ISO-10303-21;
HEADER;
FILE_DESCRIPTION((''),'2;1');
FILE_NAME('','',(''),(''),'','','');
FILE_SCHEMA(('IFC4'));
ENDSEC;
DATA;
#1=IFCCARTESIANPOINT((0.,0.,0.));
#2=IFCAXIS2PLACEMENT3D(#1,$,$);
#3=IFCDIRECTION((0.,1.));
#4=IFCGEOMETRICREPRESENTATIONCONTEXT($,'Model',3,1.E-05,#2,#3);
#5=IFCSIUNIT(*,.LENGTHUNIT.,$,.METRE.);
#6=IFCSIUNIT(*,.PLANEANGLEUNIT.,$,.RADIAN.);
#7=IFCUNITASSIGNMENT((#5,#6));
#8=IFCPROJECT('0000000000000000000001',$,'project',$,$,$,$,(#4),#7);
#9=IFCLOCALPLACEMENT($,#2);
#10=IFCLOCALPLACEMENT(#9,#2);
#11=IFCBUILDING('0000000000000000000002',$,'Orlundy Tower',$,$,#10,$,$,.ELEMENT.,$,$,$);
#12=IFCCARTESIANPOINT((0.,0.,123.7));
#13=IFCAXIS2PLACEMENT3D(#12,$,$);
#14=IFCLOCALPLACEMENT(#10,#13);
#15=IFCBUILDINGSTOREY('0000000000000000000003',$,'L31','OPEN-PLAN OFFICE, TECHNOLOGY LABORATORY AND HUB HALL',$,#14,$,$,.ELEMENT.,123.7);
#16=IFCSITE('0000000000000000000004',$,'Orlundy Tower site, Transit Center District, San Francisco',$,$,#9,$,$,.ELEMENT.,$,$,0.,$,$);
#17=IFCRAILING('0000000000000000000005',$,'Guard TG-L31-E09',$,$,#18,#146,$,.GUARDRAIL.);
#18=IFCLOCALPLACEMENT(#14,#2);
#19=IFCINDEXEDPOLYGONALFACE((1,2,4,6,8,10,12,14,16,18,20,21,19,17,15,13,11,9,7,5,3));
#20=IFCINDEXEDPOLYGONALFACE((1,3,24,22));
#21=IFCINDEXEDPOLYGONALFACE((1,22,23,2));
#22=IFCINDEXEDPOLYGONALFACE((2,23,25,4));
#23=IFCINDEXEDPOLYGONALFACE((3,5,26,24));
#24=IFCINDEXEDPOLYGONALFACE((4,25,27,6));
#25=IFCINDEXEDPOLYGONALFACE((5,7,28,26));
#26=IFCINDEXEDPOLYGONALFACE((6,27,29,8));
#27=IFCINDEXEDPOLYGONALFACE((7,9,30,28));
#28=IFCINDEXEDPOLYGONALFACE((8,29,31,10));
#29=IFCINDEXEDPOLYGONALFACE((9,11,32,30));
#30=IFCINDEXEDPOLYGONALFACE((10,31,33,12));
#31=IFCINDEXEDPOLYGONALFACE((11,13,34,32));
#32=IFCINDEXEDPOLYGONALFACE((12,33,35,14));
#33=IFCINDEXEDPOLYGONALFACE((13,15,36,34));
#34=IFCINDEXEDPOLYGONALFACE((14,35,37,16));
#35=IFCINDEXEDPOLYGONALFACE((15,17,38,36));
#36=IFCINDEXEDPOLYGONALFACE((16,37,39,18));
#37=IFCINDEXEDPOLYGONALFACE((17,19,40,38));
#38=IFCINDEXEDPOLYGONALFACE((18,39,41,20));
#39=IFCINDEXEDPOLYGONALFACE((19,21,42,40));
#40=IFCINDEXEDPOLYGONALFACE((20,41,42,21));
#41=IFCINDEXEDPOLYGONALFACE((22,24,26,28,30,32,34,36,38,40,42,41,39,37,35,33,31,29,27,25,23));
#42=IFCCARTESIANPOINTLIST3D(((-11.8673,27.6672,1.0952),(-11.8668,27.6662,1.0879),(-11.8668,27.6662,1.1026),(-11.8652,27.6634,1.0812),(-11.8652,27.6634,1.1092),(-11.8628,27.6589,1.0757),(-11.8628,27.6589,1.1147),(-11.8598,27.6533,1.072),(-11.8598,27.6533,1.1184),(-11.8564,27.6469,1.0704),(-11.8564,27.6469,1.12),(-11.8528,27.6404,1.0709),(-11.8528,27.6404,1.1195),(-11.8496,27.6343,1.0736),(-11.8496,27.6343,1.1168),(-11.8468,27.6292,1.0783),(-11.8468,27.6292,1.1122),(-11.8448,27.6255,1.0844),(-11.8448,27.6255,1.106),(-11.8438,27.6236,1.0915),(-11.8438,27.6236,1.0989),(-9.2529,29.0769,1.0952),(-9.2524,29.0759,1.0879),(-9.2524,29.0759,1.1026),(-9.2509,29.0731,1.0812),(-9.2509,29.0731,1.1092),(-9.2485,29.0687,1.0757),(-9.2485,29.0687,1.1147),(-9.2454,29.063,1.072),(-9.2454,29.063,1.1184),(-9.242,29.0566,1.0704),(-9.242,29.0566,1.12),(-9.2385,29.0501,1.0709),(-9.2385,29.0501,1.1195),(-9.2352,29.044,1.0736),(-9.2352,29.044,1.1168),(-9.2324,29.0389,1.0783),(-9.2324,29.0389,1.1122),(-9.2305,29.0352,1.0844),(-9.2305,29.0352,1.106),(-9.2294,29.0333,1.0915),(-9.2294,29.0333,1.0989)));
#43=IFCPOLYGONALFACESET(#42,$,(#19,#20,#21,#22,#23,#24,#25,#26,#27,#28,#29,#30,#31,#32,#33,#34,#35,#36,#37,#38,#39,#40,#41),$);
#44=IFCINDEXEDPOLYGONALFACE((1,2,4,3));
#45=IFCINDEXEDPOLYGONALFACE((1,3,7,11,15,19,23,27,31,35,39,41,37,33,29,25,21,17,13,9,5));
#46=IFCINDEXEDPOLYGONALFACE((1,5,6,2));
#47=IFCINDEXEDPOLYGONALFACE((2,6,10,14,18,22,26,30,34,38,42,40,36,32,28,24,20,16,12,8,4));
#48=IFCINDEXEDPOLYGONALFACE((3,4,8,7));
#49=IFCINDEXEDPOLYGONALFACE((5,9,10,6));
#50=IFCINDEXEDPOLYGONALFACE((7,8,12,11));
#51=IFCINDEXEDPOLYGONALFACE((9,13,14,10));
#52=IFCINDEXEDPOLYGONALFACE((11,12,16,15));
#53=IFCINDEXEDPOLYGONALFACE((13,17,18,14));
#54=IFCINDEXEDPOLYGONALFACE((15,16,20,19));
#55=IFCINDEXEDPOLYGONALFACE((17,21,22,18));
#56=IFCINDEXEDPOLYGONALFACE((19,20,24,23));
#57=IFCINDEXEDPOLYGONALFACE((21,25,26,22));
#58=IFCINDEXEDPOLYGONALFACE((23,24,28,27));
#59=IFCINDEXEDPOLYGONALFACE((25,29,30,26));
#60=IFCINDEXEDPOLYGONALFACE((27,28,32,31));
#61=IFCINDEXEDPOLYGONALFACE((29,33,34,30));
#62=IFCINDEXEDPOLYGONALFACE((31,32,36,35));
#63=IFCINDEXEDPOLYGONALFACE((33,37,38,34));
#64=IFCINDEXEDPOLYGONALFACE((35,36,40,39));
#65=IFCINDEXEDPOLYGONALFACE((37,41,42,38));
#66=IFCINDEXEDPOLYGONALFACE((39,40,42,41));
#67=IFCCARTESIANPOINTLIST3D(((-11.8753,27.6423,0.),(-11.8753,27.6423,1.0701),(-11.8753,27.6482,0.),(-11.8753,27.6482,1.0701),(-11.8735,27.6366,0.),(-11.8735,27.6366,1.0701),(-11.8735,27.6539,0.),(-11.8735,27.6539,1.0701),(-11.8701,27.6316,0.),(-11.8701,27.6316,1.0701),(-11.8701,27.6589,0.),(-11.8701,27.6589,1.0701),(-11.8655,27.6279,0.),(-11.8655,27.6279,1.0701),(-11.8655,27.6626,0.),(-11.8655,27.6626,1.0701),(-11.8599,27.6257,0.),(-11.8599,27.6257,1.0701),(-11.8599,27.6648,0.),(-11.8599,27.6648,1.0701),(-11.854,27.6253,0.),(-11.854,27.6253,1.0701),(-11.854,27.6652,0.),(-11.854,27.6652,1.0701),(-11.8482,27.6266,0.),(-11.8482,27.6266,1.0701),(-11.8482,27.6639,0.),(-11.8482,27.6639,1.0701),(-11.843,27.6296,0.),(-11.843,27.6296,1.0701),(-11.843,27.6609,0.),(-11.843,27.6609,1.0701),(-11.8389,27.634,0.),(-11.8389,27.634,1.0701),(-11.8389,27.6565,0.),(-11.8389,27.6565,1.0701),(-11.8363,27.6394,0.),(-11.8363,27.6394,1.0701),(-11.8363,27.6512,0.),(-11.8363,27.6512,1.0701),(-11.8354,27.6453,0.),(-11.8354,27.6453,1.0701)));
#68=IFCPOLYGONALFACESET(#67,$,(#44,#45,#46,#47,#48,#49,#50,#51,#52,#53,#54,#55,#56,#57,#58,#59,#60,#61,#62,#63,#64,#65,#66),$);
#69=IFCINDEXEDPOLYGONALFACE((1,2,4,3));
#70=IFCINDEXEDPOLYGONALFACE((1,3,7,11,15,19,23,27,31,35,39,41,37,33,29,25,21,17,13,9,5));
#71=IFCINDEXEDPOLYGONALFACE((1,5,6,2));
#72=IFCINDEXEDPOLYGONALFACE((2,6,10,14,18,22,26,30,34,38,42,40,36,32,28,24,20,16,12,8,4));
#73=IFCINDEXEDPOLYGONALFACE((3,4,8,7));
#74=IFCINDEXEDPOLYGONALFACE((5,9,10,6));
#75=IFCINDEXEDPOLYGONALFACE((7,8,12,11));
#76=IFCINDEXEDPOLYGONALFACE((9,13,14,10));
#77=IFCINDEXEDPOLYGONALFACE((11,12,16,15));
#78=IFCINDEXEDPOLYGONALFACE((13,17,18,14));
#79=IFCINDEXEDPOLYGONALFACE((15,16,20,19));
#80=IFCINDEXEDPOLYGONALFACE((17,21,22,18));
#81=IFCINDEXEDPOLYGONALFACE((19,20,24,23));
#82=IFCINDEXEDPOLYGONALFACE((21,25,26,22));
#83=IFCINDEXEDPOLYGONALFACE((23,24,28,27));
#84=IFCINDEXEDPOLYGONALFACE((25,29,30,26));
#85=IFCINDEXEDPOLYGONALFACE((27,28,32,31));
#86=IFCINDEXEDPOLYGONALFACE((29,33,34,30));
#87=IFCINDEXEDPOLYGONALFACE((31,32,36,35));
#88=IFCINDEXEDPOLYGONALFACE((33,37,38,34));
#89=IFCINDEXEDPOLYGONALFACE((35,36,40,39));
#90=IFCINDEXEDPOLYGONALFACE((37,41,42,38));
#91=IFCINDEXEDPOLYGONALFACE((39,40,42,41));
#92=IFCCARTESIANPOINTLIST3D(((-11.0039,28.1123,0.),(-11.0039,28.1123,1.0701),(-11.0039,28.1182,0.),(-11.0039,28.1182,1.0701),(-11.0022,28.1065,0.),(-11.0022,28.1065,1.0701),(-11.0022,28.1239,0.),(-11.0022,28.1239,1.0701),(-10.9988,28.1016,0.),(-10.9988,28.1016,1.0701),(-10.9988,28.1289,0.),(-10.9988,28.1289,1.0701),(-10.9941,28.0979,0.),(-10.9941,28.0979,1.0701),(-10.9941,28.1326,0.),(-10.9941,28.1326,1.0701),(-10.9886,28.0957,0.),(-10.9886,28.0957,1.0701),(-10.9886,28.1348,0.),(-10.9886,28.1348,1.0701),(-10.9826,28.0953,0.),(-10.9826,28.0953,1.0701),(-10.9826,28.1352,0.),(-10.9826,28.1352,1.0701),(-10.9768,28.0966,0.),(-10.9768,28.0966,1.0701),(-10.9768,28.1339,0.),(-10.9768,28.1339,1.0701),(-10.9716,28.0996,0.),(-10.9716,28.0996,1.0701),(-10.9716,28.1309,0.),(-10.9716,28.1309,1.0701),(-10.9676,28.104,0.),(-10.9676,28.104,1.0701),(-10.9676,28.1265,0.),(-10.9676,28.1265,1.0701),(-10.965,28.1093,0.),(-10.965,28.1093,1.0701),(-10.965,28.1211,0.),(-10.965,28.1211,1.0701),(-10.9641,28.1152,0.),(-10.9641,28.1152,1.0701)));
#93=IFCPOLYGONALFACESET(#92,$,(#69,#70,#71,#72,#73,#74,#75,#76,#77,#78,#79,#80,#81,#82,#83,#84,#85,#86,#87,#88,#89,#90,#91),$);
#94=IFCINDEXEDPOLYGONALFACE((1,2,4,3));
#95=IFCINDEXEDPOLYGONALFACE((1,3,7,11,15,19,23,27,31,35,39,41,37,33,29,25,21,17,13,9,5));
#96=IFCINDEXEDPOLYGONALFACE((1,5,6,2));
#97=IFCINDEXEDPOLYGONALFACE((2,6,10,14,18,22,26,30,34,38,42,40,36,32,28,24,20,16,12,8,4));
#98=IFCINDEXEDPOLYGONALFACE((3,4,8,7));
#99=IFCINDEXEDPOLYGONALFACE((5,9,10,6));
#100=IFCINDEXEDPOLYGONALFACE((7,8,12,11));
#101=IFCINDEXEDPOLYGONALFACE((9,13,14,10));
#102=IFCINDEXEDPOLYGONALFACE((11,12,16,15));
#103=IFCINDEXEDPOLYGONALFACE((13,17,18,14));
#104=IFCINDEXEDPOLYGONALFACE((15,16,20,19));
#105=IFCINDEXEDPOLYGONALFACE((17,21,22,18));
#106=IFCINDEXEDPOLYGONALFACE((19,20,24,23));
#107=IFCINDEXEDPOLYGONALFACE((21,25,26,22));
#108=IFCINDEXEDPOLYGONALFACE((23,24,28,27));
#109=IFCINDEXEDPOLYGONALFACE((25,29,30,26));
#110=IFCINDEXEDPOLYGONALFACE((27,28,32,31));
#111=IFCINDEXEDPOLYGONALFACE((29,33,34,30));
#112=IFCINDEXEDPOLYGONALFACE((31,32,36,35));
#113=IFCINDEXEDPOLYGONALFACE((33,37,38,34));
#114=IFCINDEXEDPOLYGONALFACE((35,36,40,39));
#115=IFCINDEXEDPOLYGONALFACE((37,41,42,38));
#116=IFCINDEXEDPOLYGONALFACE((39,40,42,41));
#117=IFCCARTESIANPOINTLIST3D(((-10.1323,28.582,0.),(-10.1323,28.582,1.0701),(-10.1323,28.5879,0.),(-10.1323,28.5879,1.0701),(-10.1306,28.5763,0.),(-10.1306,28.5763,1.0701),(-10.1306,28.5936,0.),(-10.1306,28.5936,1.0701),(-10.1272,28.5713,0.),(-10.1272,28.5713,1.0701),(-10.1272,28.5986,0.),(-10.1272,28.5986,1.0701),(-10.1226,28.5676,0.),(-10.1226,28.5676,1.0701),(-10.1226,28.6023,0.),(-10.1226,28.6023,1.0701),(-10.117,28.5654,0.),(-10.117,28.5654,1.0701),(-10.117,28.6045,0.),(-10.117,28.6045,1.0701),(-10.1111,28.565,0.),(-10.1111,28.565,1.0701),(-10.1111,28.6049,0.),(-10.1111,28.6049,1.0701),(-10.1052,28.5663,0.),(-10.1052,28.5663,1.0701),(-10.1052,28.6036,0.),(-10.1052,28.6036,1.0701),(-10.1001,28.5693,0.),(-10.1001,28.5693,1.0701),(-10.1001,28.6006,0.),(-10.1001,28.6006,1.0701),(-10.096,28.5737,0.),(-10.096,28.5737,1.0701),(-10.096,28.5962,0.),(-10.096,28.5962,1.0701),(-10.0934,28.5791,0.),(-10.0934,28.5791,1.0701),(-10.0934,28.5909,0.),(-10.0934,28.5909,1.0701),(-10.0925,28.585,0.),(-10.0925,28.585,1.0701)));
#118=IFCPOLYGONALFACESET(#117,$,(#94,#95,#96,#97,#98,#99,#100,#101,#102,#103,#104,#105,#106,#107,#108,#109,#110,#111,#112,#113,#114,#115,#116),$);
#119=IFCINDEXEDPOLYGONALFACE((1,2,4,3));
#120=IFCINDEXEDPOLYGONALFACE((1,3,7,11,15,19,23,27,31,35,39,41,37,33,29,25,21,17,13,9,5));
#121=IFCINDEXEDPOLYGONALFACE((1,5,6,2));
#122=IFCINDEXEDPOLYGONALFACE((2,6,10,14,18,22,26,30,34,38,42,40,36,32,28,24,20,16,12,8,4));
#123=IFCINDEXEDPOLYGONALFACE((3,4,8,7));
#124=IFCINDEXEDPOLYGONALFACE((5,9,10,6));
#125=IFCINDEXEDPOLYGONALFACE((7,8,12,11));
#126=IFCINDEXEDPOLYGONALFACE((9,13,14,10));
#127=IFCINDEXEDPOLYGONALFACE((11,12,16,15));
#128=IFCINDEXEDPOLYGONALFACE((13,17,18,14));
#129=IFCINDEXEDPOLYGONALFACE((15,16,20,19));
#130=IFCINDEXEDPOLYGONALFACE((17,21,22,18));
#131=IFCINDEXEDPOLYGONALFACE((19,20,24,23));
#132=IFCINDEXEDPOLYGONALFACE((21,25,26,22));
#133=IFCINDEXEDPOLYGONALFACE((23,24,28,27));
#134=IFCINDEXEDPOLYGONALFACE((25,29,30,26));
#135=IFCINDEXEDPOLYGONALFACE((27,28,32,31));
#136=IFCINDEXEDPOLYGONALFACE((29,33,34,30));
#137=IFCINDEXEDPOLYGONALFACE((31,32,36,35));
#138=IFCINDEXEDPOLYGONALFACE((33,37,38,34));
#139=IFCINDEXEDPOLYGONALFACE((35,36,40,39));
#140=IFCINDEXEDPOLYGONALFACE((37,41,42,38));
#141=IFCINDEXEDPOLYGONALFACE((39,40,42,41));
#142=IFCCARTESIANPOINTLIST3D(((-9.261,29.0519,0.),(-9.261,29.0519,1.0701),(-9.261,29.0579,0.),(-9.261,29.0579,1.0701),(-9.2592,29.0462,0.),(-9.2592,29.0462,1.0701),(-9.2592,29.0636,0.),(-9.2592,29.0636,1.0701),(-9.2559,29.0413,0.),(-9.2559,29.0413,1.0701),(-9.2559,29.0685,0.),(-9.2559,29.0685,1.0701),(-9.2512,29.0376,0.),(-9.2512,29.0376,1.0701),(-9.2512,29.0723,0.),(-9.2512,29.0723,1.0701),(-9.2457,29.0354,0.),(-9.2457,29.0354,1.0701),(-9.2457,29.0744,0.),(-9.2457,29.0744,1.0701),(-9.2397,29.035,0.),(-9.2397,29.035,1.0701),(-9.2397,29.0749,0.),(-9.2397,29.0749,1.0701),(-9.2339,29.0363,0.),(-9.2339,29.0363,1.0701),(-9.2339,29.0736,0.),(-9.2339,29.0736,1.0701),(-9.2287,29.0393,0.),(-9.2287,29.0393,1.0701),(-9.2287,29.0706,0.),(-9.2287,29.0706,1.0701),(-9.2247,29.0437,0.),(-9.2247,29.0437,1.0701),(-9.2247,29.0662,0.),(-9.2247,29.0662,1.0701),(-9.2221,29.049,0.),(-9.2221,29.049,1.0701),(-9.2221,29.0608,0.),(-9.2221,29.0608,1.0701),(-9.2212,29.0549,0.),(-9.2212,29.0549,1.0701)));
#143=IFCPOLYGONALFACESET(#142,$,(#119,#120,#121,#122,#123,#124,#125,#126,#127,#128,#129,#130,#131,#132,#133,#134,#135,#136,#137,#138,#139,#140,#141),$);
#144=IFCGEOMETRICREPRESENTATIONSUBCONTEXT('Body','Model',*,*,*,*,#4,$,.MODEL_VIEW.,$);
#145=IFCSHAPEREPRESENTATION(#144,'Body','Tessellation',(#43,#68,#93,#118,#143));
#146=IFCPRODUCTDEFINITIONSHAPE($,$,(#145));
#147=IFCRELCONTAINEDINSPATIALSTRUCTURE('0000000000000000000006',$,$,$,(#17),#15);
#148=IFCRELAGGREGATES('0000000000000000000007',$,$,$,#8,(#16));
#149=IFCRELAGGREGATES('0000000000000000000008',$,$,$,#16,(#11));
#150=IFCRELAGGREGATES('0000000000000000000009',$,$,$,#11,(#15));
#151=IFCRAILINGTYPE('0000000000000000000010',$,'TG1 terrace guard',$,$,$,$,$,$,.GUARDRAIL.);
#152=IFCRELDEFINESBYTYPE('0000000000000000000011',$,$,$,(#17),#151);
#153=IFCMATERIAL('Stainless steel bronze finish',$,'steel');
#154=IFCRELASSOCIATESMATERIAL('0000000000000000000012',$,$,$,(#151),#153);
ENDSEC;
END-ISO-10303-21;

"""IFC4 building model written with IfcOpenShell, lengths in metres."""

from ifc_helpers import new_model, si_unit, direction, frame, origin, origin_2d, place, context, subcontext, project, spatial, circle, extrude, material, type_object, element, save


model = new_model("IFC4")

# Units and contexts
model_context = context("Model", 3, precision=1e-05, world=origin(), true_north=direction((0.0, 1.0)))
body_context = subcontext(model_context, "Body", "Model", "MODEL_VIEW")
ifc_project = project(units=[si_unit("LENGTHUNIT", "METRE"), si_unit("PLANEANGLEUNIT", "RADIAN")], contexts=[model_context])

# Site, building, storey
site_placement = place(None, origin())
site = spatial("IfcSite", under=ifc_project, at=site_placement, Name="Orlundy Tower site, Transit Center District, San Francisco", CompositionType="ELEMENT", RefElevation=0.0)
building_placement = place(site_placement, origin())
building = spatial("IfcBuilding", under=site, at=building_placement, Name="Orlundy Tower", CompositionType="ELEMENT")
storey_placement = place(building_placement, frame((0.0, 0.0, 123.7)))
storey = spatial("IfcBuildingStorey", under=building, at=storey_placement, Name="L31", Description="OPEN-PLAN OFFICE, TECHNOLOGY LABORATORY AND HUB HALL", CompositionType="ELEMENT", Elevation=123.7)

# Railing
ifc_material_1 = material(Name="Stainless steel bronze finish", Category="steel")
railing_type = type_object("IfcRailingType", Name="TG1 terrace guard", PredefinedType="GUARDRAIL", material=ifc_material_1)
railing_1_placement = place(storey_placement, frame((-11.8555, 27.6453, 0.0)))
element("IfcRailing", 1, at=railing_1_placement, inside=storey, type_object=railing_type, Name="Guard TG-L31-E09", PredefinedType="GUARDRAIL", context=body_context, shape_type="SweptSolid", body=[
    extrude(circle(Radius=0.0249, at=origin_2d()), frame((0.0, 0.0, 1.0952), z_axis=(0.880191, 0.474619, 0.0), x_axis=(-0.474619, 0.880191, 0.0)), (0.0, 0.0, 1.0), 2.9702),
    extrude(circle(Radius=0.02, at=origin_2d()), origin(), (0.0, 0.0, 1.0), 1.0701),
    extrude(circle(Radius=0.02, at=origin_2d()), frame((0.8713, 0.47, 0.0)), (0.0, 0.0, 1.0), 1.0701),
    extrude(circle(Radius=0.02, at=origin_2d()), frame((1.7429, 0.9397, 0.0)), (0.0, 0.0, 1.0), 1.0701),
    extrude(circle(Radius=0.02, at=origin_2d()), frame((2.6143, 1.4097, 0.0)), (0.0, 0.0, 1.0), 1.0701),
])

save(model, "model.ifc")
